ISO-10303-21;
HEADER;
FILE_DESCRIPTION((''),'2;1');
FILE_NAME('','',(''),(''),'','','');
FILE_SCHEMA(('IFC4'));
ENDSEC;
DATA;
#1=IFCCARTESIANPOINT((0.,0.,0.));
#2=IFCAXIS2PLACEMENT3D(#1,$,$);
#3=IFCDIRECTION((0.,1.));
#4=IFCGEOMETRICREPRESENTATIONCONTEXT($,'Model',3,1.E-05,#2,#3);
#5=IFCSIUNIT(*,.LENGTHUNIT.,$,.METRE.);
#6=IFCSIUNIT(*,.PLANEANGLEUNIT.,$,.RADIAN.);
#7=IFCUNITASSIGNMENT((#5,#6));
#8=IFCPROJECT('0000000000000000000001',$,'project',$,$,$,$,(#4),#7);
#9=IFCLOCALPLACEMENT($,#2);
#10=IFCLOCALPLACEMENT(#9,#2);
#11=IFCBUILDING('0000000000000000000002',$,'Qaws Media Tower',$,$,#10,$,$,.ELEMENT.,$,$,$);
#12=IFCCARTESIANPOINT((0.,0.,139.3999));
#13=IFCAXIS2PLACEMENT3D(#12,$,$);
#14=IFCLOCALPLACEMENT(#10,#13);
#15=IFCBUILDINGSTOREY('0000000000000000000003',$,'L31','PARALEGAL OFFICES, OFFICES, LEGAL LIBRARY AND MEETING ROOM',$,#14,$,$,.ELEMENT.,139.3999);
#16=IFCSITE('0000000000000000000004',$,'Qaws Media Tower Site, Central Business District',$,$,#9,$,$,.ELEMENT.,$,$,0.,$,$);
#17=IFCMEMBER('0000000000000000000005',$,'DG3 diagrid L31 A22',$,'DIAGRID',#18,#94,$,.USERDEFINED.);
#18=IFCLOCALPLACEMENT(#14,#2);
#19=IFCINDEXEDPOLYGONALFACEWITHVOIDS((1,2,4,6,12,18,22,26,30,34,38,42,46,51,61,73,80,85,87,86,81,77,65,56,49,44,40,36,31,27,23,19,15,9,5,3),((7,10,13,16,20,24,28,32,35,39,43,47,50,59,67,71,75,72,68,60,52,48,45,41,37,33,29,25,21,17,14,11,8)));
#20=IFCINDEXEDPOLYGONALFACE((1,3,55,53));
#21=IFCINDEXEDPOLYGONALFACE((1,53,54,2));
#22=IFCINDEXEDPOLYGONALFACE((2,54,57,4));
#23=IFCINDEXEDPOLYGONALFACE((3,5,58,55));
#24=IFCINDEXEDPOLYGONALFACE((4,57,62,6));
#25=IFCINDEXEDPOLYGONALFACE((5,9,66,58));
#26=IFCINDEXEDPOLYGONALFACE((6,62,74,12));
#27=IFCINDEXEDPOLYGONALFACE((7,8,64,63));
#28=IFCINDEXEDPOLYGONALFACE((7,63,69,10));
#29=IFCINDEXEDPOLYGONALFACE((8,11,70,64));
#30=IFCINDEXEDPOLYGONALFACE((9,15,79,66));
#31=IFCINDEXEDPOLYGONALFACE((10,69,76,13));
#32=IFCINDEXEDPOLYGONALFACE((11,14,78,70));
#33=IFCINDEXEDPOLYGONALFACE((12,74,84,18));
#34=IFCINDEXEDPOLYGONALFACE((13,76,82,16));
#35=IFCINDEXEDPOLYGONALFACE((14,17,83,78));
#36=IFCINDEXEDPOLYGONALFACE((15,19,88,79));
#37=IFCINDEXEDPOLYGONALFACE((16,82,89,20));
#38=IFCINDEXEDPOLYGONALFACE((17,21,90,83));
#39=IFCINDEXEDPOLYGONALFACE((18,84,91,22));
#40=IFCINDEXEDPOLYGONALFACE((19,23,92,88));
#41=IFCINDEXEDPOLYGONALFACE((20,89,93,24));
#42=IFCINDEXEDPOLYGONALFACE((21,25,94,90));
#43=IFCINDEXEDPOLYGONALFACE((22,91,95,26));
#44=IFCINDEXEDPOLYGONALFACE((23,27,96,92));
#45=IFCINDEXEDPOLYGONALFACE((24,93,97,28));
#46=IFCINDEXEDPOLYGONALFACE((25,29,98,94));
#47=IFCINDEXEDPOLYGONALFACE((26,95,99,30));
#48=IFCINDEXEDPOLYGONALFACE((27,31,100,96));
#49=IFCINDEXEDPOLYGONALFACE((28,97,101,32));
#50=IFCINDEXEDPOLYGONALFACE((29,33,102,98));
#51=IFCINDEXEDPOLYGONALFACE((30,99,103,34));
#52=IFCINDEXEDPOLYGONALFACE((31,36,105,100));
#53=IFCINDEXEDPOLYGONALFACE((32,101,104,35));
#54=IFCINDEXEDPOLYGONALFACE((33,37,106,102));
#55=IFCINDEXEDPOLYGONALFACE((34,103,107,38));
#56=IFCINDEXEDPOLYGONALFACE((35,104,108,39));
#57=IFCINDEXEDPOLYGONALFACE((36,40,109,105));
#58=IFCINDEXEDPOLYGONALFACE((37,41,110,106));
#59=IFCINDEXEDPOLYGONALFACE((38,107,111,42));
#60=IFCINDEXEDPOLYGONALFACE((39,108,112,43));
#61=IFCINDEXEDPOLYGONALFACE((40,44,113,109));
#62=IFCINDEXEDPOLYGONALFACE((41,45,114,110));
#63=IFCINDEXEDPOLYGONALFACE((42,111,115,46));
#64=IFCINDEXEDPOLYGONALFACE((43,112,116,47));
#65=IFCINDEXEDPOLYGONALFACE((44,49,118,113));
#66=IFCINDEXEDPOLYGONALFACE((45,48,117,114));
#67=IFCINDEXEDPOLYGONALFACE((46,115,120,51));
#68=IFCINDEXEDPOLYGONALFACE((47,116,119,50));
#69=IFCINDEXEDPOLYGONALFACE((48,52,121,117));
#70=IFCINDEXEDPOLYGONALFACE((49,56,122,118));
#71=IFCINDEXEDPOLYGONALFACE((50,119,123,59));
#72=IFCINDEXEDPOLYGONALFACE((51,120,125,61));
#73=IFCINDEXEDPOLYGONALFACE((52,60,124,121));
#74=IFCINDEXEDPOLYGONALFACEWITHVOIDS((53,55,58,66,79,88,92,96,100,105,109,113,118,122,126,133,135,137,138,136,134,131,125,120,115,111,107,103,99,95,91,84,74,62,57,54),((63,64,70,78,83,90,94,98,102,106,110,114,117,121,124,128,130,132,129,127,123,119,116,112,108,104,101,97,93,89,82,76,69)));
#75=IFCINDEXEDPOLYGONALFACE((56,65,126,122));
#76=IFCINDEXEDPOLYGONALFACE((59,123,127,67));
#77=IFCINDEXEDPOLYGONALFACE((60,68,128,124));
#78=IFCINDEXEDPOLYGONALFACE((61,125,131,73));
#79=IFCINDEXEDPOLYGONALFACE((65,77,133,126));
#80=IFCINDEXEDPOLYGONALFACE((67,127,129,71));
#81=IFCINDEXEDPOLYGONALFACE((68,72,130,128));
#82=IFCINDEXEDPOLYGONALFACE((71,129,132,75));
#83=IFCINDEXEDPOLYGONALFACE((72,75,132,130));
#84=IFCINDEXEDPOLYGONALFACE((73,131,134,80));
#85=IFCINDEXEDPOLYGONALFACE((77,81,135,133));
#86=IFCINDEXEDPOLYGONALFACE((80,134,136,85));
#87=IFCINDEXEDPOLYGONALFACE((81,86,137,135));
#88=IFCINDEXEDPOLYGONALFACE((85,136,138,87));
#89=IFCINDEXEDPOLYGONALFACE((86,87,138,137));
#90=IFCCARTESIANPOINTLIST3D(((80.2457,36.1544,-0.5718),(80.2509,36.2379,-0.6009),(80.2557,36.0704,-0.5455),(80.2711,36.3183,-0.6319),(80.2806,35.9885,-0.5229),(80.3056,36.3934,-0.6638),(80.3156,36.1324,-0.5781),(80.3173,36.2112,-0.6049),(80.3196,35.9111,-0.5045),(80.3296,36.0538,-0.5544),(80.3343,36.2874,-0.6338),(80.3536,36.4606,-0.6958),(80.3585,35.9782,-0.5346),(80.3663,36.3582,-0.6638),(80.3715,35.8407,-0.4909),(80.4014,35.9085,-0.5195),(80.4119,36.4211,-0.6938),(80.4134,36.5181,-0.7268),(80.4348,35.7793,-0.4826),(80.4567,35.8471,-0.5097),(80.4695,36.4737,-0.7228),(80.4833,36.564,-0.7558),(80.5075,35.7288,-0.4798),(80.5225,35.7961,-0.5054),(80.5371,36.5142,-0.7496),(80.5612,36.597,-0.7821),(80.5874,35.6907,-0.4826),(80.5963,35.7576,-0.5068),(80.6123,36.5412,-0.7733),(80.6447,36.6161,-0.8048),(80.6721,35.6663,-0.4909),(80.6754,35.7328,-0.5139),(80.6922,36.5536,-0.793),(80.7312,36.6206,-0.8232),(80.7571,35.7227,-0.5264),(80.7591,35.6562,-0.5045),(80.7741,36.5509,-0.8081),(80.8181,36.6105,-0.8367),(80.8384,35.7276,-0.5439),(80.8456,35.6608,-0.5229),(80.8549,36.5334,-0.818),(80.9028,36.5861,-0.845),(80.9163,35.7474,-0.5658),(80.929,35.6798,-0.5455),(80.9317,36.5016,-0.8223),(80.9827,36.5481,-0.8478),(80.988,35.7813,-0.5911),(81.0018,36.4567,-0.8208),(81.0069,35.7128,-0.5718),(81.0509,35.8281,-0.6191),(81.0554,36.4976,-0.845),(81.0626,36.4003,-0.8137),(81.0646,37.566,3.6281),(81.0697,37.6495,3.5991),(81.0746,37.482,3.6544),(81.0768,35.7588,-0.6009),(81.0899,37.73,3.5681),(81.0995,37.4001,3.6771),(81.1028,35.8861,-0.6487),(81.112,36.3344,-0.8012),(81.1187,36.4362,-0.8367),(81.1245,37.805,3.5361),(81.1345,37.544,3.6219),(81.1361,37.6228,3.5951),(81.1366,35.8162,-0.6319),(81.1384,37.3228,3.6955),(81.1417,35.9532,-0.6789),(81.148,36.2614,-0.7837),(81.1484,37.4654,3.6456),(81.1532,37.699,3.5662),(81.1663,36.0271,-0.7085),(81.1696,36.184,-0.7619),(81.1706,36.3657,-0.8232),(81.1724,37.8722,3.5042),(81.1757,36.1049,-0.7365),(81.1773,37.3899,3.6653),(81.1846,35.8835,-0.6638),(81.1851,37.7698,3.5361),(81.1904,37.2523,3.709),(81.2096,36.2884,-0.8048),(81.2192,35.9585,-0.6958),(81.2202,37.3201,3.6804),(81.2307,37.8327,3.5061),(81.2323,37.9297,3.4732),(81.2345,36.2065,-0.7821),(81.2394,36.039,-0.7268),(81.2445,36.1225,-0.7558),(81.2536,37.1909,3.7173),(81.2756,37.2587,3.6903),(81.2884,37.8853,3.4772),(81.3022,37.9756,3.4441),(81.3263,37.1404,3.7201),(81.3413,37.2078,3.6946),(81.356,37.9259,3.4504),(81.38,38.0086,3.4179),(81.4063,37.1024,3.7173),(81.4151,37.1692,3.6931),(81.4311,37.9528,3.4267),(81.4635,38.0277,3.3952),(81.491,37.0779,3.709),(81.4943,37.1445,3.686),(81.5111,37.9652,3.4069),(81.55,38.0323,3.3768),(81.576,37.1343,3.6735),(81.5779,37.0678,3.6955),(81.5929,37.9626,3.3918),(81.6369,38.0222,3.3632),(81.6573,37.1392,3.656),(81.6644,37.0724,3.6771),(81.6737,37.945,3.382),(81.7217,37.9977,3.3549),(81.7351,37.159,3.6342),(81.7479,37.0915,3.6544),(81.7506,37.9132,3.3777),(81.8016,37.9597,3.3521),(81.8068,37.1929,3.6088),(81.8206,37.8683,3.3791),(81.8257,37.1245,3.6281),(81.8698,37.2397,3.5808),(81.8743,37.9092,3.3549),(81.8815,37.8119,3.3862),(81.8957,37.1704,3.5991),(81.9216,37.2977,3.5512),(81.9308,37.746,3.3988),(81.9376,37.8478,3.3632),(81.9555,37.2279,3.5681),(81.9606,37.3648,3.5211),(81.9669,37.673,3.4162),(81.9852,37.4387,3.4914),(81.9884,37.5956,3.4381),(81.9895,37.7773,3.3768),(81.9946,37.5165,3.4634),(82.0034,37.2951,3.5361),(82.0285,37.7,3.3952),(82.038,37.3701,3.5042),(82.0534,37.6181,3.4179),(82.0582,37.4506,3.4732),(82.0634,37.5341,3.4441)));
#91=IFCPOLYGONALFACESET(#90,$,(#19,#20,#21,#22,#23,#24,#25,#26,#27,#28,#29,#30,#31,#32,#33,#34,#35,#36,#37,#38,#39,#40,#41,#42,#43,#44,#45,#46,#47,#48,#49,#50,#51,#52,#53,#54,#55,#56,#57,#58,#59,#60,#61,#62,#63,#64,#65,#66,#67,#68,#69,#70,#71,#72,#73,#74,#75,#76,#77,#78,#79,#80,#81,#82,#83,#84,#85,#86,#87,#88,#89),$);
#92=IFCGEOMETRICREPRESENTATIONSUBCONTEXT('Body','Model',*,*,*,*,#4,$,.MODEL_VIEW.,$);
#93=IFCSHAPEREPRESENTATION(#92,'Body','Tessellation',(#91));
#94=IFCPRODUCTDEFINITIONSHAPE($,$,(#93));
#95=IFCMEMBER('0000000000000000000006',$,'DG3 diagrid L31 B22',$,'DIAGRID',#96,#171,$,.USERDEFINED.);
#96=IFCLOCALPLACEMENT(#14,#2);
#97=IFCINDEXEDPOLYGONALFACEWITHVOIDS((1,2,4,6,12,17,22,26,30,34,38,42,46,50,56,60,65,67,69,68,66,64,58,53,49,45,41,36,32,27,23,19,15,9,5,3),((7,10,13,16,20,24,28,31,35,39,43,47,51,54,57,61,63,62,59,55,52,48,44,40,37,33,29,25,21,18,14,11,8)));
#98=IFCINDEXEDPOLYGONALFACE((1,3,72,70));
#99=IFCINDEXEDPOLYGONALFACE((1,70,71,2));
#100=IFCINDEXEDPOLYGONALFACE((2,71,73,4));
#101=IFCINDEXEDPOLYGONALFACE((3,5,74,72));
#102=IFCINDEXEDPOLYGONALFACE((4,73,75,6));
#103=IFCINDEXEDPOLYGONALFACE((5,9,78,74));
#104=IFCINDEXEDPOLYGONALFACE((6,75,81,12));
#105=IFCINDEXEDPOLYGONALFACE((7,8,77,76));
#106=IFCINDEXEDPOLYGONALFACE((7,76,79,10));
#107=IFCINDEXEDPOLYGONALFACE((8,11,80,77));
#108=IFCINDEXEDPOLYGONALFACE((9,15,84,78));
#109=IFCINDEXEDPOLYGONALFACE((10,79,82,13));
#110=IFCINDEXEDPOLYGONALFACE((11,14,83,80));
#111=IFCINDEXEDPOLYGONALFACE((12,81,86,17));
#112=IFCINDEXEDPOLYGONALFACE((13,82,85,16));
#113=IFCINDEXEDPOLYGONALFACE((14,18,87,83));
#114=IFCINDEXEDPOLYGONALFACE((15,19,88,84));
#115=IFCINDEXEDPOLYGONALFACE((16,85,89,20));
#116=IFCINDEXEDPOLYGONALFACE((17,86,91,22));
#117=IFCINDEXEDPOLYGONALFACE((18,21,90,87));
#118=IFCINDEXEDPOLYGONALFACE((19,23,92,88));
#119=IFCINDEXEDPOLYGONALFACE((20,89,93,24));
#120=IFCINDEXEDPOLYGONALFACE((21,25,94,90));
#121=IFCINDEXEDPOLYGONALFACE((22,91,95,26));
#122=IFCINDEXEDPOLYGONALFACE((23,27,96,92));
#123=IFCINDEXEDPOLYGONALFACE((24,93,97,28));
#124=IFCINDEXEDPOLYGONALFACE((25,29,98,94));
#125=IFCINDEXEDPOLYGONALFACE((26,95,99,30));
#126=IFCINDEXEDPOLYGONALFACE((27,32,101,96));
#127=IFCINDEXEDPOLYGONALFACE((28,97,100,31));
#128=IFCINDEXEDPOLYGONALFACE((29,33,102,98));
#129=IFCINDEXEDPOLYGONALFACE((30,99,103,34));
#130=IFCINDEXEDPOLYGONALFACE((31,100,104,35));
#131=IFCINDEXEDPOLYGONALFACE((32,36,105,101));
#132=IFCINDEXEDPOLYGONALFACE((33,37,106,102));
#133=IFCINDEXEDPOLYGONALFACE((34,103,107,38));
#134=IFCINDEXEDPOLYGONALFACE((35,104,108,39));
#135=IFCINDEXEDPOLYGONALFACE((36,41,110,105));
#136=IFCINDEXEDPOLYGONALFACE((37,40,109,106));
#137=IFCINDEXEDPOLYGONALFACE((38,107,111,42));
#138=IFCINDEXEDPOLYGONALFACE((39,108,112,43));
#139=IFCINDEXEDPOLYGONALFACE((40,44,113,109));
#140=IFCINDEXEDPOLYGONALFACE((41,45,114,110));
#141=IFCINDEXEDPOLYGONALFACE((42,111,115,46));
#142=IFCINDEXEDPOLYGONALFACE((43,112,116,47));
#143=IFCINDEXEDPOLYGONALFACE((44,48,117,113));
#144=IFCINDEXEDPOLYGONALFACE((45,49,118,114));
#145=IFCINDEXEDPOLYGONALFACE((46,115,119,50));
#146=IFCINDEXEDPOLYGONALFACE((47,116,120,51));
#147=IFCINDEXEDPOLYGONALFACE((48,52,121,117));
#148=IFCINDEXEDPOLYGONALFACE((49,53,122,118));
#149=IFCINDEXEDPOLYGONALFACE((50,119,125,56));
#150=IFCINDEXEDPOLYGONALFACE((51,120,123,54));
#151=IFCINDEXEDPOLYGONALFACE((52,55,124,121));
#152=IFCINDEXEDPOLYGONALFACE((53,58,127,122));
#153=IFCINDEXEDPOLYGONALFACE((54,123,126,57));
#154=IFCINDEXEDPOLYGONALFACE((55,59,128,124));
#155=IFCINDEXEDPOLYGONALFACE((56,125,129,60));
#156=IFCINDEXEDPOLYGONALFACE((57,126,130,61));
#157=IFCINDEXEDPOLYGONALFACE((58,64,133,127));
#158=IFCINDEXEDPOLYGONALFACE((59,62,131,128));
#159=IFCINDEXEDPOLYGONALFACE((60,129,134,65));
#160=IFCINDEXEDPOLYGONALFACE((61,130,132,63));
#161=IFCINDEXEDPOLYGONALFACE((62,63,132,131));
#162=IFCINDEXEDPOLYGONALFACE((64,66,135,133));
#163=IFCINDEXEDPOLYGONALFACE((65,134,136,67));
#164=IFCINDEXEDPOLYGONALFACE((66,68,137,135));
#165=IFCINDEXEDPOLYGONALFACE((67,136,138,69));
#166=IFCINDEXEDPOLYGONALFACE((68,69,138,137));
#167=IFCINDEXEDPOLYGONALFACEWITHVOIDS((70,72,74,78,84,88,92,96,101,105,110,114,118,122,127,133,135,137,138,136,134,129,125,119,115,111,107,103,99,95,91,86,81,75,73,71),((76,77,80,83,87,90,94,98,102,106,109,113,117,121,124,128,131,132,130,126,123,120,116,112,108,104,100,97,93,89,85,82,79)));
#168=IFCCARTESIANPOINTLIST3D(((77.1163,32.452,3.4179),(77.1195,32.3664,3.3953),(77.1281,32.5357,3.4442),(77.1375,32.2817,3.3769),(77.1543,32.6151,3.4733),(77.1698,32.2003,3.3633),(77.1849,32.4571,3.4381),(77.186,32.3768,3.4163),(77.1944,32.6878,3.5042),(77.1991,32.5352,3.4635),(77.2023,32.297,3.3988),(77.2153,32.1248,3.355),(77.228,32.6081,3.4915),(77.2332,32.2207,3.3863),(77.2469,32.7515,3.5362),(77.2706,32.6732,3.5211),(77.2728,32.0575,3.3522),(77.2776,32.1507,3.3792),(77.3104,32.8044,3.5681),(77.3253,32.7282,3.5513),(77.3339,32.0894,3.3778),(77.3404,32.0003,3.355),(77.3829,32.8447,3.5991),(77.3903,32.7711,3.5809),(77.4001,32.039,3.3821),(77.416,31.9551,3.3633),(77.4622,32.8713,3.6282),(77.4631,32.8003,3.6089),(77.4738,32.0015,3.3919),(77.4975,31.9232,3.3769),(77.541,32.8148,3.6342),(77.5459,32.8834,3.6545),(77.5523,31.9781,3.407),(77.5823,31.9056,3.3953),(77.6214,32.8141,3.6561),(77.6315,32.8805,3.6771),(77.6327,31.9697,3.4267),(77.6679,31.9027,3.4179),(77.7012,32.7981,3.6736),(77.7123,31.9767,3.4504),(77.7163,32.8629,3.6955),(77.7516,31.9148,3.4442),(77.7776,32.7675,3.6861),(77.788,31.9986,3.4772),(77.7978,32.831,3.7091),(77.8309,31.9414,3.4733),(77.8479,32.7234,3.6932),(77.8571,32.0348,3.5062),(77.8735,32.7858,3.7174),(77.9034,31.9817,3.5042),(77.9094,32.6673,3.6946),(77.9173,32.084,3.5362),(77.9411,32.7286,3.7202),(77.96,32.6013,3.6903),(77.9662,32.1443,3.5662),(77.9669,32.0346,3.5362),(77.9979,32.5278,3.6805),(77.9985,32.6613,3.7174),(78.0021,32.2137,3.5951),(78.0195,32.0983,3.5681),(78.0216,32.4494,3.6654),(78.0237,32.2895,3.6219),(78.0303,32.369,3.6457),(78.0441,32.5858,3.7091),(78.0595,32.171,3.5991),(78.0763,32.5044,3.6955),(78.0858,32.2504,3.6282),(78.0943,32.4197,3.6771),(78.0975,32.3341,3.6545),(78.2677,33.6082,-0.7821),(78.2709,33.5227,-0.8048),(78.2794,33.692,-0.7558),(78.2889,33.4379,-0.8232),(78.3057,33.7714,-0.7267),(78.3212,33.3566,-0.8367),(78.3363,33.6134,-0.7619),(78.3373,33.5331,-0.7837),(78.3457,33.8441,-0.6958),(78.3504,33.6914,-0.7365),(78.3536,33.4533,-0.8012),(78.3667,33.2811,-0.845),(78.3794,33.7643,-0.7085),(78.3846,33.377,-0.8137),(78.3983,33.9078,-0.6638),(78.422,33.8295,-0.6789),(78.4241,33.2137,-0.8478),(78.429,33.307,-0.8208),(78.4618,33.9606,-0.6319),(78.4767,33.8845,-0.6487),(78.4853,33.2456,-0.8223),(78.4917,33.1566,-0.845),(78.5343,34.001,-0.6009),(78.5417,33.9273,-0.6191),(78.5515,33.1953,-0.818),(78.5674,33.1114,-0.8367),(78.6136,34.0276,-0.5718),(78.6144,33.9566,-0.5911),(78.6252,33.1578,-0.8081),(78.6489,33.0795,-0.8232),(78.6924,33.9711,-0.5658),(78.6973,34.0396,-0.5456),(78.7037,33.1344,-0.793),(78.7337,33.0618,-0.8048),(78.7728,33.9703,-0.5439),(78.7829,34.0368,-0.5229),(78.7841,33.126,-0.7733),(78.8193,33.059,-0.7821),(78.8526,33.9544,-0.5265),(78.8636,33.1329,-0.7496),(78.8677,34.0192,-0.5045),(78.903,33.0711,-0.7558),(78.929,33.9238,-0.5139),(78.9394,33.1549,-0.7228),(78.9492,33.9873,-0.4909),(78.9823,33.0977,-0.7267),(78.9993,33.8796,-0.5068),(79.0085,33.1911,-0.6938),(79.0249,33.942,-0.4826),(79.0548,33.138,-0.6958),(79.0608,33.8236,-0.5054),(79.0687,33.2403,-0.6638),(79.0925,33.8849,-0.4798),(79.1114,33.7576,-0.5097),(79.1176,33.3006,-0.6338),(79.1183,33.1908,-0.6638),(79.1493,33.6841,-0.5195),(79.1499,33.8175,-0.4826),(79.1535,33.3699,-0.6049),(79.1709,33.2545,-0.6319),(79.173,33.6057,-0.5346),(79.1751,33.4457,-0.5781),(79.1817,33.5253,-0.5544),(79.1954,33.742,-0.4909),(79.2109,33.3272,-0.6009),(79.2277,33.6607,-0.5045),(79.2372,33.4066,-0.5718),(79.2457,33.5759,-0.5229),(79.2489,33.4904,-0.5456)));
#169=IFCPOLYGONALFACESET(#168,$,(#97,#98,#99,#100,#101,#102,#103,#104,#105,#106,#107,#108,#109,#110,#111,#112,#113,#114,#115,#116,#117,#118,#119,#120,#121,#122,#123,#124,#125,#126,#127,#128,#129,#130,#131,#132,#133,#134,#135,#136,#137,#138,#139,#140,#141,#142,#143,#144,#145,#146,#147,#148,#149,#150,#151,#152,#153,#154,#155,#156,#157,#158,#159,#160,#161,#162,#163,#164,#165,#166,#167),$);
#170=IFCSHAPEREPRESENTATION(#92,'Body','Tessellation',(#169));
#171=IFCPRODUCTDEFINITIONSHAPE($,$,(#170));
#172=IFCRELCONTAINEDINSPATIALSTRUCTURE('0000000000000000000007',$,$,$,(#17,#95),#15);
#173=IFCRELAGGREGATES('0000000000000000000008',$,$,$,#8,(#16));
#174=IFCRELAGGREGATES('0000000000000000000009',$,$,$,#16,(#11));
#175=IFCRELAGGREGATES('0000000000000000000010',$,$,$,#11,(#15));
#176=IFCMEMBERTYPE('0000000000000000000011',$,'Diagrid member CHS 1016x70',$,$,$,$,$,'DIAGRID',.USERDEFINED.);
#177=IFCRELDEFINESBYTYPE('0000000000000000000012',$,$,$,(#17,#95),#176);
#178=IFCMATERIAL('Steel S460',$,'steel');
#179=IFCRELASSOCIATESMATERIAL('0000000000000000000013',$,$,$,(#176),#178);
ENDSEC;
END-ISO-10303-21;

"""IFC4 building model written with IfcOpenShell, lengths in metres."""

from ifc_helpers import new_model, si_unit, direction, frame, origin, origin_2d, place, context, subcontext, project, spatial, hollow_circle, extrude, material, material_profile, profile_set, type_object, element, save


model = new_model("IFC4")

# Units and contexts
model_context = context("Model", 3, precision=1e-05, world=origin(), true_north=direction((0.0, 1.0)))
body_context = subcontext(model_context, "Body", "Model", "MODEL_VIEW")
ifc_project = project(units=[si_unit("LENGTHUNIT", "METRE"), si_unit("PLANEANGLEUNIT", "RADIAN")], contexts=[model_context])

# Site, building, storey
site_placement = place(None, origin())
site = spatial("IfcSite", under=ifc_project, at=site_placement, Name="Qaws Media Tower Site, Central Business District", CompositionType="ELEMENT", RefElevation=0.0)
building_placement = place(site_placement, origin())
building = spatial("IfcBuilding", under=site, at=building_placement, Name="Qaws Media Tower", CompositionType="ELEMENT")
storey_placement = place(building_placement, frame((0.0, 0.0, 139.3999)))
storey = spatial("IfcBuildingStorey", under=building, at=storey_placement, Name="L31", Description="PARALEGAL OFFICES, OFFICES, LEGAL LIBRARY AND MEETING ROOM", CompositionType="ELEMENT", Elevation=139.3999)

# Members
ifc_material_1 = material(Name="Steel S460", Category="steel")
ifc_material_profile_1 = material_profile(ifc_material_1, hollow_circle(Radius=0.5081, WallThickness=0.0701, at=origin_2d()), Name="CHS 1016x70")
ifc_profile_set_1 = profile_set([ifc_material_profile_1], Name="Steel S460")
member_type_1 = type_object("IfcMemberType", Name="Diagrid member CHS 1016x70", ElementType="DIAGRID", PredefinedType="USERDEFINED", material=ifc_profile_set_1)
for number, where, z_axis, x_axis, name in (
    (1, (80.7451, 36.1384, -0.6638), (0.181729, 0.313286, 0.932109), (-0.865003, 0.501767, 0.0), "DG3 diagrid L31 A22"),
    (2, (78.7583, 33.5493, -0.6638), (-0.255531, -0.256614, 0.932123), (0.708601, -0.705609, 0.0), "DG3 diagrid L31 B22"),
):
    element("IfcMember", number, at=place(storey_placement, frame(where, z_axis=z_axis, x_axis=x_axis)), inside=storey, type_object=member_type_1, Name=name, ObjectType="DIAGRID", PredefinedType="USERDEFINED", context=body_context, shape_type="SweptSolid", body=[
        extrude(hollow_circle(Radius=0.5081, WallThickness=0.0701, at=origin_2d()), origin(), (0.0, 0.0, 1.0), 4.5059),
    ])

save(model, "model.ifc")
